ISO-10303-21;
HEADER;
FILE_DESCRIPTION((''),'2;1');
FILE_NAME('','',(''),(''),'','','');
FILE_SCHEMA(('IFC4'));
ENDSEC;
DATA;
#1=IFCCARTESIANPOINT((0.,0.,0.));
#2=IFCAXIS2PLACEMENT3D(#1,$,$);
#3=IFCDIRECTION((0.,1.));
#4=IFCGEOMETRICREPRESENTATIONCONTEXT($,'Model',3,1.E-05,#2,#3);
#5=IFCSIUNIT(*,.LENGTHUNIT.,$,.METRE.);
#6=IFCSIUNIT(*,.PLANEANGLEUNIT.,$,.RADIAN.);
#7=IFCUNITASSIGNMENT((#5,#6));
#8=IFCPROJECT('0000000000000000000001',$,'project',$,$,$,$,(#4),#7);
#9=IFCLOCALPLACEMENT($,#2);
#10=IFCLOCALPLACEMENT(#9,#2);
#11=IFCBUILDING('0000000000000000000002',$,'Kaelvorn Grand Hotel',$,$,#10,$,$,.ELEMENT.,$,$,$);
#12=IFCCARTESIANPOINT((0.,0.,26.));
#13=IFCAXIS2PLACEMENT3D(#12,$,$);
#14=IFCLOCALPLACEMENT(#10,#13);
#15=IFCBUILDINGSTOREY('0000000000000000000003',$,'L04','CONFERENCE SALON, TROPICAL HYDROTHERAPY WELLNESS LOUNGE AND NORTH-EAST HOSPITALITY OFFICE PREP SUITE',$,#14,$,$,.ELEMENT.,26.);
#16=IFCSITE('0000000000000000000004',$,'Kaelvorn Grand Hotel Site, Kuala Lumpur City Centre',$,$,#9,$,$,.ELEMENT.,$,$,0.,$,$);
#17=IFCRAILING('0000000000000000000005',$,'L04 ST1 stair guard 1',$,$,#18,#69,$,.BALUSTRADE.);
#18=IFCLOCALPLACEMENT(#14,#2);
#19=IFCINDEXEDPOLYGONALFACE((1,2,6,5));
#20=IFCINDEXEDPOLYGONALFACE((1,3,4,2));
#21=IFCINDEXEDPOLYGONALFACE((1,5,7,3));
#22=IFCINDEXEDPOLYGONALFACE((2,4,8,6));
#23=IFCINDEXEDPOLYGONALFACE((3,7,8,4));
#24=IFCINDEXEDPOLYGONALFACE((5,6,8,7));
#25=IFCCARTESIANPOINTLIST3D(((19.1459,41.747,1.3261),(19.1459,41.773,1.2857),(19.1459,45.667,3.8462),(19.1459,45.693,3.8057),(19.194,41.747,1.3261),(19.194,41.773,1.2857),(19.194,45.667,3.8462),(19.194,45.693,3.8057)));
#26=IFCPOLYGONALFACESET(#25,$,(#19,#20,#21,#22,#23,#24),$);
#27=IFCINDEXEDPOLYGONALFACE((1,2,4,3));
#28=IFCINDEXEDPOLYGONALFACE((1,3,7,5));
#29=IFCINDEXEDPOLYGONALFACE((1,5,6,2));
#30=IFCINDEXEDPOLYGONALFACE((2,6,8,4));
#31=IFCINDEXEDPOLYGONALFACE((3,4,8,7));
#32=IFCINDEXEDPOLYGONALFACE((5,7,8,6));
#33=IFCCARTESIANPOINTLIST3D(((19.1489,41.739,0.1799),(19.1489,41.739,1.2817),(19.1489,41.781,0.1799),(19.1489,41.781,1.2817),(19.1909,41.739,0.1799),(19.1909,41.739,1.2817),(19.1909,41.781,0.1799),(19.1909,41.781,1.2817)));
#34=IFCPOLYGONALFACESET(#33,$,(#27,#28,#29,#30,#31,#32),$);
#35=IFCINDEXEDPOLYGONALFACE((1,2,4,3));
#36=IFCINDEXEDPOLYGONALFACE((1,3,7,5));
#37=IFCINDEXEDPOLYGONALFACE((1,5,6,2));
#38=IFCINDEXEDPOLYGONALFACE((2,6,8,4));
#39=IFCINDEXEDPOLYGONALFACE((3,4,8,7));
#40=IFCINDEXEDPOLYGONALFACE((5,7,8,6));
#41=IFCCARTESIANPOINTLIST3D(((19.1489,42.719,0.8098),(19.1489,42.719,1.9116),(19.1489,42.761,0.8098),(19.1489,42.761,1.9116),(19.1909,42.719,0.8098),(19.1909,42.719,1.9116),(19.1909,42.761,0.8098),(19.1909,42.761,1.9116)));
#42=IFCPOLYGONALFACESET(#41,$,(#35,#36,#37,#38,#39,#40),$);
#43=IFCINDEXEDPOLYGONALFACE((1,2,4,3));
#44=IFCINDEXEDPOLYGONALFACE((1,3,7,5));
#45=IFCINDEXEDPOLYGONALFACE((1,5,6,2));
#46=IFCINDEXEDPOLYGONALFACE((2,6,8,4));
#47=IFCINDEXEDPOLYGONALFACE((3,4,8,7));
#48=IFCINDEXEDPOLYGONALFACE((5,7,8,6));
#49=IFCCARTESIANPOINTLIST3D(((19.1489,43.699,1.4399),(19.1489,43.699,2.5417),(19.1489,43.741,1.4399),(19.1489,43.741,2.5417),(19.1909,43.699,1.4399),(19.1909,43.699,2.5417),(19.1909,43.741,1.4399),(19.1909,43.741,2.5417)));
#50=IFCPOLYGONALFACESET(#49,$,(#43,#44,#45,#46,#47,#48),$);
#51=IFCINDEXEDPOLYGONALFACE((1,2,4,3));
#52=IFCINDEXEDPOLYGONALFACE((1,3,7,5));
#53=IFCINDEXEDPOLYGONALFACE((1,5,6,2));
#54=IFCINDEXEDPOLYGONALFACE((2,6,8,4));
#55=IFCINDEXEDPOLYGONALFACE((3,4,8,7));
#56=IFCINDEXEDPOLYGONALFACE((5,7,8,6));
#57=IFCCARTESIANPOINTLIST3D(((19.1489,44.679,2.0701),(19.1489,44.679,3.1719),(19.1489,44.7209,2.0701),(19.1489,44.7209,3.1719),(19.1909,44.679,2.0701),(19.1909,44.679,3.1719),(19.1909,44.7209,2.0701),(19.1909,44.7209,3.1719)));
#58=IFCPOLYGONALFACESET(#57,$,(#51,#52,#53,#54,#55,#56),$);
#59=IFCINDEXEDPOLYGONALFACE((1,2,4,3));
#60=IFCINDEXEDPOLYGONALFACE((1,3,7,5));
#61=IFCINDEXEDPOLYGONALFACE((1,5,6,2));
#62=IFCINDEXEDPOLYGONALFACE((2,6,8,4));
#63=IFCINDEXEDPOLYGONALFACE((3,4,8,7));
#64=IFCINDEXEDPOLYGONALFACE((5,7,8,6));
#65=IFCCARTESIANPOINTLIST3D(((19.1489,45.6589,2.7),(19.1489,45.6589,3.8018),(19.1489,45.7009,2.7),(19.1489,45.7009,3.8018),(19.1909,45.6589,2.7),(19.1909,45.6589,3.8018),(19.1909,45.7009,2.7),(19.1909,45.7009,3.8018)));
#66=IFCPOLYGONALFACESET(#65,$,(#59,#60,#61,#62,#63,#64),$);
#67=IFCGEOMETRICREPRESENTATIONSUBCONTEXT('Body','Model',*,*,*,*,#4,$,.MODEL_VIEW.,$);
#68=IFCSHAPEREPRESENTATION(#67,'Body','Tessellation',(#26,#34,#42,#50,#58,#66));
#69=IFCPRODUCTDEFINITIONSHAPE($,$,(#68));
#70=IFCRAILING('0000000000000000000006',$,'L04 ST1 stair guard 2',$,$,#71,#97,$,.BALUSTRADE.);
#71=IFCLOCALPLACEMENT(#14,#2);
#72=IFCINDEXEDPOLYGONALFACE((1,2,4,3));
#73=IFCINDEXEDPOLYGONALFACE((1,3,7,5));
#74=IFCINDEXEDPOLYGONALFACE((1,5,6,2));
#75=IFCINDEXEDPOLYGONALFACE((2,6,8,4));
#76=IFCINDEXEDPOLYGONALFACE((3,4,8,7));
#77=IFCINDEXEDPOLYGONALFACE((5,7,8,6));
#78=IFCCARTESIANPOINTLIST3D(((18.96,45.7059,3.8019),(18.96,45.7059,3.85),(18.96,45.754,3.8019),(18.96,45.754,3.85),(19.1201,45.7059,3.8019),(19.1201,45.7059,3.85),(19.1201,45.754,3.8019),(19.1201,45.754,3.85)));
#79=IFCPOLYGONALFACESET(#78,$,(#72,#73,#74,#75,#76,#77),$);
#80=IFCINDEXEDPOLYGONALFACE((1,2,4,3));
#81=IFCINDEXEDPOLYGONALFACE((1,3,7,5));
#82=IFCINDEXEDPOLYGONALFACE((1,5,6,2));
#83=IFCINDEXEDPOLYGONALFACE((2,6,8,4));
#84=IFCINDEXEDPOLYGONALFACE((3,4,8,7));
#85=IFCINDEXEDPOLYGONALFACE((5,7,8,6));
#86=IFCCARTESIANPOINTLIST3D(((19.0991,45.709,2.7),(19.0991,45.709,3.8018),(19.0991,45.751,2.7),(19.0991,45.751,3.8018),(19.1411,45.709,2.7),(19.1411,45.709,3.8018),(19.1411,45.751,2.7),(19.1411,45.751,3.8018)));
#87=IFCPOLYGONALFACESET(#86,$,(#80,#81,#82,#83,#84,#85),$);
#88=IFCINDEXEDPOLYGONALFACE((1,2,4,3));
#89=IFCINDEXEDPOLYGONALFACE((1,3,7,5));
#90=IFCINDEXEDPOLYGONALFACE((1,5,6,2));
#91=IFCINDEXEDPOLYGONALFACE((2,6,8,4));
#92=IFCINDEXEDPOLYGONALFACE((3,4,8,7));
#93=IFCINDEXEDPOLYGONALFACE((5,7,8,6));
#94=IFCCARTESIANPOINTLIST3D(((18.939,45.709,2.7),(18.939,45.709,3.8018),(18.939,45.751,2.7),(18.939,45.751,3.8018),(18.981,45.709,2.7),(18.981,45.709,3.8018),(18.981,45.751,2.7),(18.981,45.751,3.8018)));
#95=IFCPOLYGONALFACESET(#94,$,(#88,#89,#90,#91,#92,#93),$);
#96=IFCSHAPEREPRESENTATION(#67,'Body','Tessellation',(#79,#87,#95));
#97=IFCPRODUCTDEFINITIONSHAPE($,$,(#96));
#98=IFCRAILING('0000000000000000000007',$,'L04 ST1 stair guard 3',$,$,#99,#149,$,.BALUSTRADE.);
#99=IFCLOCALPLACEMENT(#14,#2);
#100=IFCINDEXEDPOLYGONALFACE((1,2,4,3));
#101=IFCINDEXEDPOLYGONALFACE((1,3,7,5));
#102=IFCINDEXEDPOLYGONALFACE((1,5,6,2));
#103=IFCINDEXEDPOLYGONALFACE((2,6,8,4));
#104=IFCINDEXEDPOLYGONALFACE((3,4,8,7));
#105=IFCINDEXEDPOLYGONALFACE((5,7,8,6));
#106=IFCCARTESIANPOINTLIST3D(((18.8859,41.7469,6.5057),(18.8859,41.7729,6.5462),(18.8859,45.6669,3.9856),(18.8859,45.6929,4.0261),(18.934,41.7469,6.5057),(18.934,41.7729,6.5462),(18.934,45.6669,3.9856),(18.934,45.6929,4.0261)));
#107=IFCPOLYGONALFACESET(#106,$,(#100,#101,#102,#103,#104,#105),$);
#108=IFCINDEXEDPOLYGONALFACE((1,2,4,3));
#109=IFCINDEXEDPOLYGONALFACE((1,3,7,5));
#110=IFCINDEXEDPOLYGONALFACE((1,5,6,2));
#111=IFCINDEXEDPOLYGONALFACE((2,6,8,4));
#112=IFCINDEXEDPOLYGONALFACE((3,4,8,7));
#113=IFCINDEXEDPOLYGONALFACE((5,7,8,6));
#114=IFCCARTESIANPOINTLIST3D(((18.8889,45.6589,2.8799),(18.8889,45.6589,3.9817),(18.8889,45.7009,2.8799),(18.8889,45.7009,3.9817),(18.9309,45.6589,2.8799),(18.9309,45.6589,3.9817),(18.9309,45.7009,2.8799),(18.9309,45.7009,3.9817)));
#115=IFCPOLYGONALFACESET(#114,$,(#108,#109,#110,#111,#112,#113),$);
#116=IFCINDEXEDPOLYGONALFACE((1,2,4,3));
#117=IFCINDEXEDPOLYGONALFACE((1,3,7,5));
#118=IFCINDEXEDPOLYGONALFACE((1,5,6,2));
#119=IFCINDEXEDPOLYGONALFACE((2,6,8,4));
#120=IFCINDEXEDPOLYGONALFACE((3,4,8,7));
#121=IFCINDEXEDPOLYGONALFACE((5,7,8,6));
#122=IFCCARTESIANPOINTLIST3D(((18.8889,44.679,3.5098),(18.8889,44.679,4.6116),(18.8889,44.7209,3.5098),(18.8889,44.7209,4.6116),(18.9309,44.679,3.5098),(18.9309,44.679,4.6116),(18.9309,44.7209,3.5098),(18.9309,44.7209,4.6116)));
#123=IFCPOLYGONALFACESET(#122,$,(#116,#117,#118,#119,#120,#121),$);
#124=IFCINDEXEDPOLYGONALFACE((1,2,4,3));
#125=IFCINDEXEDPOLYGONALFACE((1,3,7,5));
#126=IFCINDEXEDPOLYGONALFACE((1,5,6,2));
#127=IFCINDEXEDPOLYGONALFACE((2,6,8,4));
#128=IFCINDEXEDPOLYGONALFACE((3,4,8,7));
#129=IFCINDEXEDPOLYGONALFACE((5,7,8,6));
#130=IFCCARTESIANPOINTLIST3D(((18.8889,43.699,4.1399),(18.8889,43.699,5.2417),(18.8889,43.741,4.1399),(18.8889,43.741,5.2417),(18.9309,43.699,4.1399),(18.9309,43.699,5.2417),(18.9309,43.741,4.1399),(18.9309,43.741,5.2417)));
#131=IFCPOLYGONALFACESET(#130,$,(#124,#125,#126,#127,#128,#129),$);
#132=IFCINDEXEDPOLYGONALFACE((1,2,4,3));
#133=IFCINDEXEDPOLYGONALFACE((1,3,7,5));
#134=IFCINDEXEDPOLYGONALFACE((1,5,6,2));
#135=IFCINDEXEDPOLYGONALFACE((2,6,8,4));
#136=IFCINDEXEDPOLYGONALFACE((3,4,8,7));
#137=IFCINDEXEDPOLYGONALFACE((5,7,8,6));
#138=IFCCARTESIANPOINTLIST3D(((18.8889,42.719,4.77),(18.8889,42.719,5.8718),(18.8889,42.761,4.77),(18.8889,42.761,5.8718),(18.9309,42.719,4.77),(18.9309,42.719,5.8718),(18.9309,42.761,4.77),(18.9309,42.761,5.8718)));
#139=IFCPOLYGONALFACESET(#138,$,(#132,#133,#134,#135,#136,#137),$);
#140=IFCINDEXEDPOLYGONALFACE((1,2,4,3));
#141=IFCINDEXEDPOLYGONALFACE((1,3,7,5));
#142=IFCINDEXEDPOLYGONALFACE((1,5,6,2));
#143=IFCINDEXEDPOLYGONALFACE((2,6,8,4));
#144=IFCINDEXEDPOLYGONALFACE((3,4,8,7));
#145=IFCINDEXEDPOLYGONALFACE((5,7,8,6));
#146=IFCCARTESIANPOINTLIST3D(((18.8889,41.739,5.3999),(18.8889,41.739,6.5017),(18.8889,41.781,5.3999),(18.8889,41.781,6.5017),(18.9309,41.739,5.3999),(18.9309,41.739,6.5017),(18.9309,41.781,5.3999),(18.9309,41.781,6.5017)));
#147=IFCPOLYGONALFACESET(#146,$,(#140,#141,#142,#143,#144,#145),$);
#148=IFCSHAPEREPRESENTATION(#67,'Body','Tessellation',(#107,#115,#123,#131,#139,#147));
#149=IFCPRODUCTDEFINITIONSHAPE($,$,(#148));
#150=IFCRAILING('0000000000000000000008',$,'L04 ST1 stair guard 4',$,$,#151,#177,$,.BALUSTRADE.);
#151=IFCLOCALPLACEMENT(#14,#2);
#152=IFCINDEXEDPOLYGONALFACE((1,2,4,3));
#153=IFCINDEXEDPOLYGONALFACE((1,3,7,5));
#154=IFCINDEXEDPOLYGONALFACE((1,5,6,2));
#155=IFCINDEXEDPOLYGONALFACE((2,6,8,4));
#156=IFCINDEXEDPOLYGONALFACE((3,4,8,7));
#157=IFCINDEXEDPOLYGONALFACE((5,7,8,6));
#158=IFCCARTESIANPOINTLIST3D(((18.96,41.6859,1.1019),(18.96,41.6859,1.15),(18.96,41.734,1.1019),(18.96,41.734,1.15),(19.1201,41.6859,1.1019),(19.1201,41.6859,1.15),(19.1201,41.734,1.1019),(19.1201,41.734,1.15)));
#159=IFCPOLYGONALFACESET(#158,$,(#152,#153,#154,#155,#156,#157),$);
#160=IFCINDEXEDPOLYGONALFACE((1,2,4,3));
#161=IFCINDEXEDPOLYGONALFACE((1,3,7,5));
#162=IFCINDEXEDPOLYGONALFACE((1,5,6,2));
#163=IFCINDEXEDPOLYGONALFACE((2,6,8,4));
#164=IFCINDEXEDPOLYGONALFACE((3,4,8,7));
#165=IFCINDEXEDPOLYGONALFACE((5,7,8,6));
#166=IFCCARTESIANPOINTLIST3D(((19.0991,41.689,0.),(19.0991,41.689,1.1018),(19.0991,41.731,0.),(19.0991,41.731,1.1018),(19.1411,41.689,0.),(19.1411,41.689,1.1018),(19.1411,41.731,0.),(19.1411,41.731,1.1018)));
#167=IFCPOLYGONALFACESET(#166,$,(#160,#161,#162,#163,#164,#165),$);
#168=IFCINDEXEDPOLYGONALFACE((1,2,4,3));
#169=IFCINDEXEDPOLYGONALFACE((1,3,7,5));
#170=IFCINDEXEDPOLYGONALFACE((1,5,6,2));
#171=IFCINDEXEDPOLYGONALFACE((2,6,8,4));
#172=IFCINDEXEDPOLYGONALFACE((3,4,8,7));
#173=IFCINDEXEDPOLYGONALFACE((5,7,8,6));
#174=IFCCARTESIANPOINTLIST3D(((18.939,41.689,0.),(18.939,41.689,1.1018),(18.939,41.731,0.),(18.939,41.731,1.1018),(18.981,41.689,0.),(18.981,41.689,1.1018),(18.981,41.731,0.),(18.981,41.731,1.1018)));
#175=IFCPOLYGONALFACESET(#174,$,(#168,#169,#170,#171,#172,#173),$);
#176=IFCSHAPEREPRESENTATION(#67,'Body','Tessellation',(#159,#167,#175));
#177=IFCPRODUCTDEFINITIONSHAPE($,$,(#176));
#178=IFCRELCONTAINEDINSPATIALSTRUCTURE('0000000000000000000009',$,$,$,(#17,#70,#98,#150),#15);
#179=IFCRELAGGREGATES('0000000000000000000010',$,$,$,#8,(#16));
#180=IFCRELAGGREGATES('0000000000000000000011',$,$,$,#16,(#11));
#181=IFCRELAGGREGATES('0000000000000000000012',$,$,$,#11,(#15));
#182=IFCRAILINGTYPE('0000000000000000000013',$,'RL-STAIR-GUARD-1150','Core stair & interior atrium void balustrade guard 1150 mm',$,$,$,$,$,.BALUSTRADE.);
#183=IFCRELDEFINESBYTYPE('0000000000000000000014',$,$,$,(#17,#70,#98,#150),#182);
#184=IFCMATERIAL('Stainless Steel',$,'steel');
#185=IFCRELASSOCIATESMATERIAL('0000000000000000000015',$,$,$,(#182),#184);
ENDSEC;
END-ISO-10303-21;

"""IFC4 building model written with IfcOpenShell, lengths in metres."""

from ifc_helpers import new_model, si_unit, direction, frame, origin, origin_2d, place, context, subcontext, project, spatial, rectangle, extrude, material, type_object, element, save


model = new_model("IFC4")

# Units and contexts
model_context = context("Model", 3, precision=1e-05, world=origin(), true_north=direction((0.0, 1.0)))
body_context = subcontext(model_context, "Body", "Model", "MODEL_VIEW")
ifc_project = project(units=[si_unit("LENGTHUNIT", "METRE"), si_unit("PLANEANGLEUNIT", "RADIAN")], contexts=[model_context])

# Site, building, storey
site_placement = place(None, origin())
site = spatial("IfcSite", under=ifc_project, at=site_placement, Name="Kaelvorn Grand Hotel Site, Kuala Lumpur City Centre", CompositionType="ELEMENT", RefElevation=0.0)
building_placement = place(site_placement, origin())
building = spatial("IfcBuilding", under=site, at=building_placement, Name="Kaelvorn Grand Hotel", CompositionType="ELEMENT")
storey_placement = place(building_placement, frame((0.0, 0.0, 26.0)))
storey = spatial("IfcBuildingStorey", under=building, at=storey_placement, Name="L04", Description="CONFERENCE SALON, TROPICAL HYDROTHERAPY WELLNESS LOUNGE AND NORTH-EAST HOSPITALITY OFFICE PREP SUITE", CompositionType="ELEMENT", Elevation=26.0)

# Railings
ifc_material_1 = material(Name="Stainless Steel", Category="steel")
railing_type_1 = type_object("IfcRailingType", Name="RL-STAIR-GUARD-1150", Description="Core stair & interior atrium void balustrade guard 1150 mm", PredefinedType="BALUSTRADE", material=ifc_material_1)
railing_1_placement = place(storey_placement, frame((19.1699, 41.76, 0.1799)))
element("IfcRailing", 1, at=railing_1_placement, inside=storey, type_object=railing_type_1, Name="L04 ST1 stair guard 1", PredefinedType="BALUSTRADE", context=body_context, shape_type="SweptSolid", body=[
    extrude(rectangle(XDim=0.0481, YDim=0.0481, at=origin_2d()), frame((0.0, 0.0, 1.126), z_axis=(0.0, 0.841172, 0.540768), x_axis=(-1.0, 0.0, 0.0)), (0.0, 0.0, 1.0), 4.6602),
    extrude(rectangle(XDim=0.042, YDim=0.042, at=origin_2d()), origin(), (0.0, 0.0, 1.0), 1.1018),
    extrude(rectangle(XDim=0.042, YDim=0.042, at=origin_2d()), frame((0.0, 0.98, 0.6299)), (0.0, 0.0, 1.0), 1.1018),
    extrude(rectangle(XDim=0.042, YDim=0.042, at=origin_2d()), frame((0.0, 1.96, 1.26)), (0.0, 0.0, 1.0), 1.1018),
    extrude(rectangle(XDim=0.042, YDim=0.042, at=origin_2d()), frame((0.0, 2.9399, 1.8901)), (0.0, 0.0, 1.0), 1.1018),
    extrude(rectangle(XDim=0.042, YDim=0.042, at=origin_2d()), frame((0.0, 3.9199, 2.52)), (0.0, 0.0, 1.0), 1.1018),
])
railing_2_placement = place(storey_placement, frame((19.1201, 45.73, 2.7)))
element("IfcRailing", 2, at=railing_2_placement, inside=storey, type_object=railing_type_1, Name="L04 ST1 stair guard 2", PredefinedType="BALUSTRADE", context=body_context, shape_type="SweptSolid", body=[
    extrude(rectangle(XDim=0.0481, YDim=0.0481, at=origin_2d()), frame((0.0, 0.0, 1.126), z_axis=(-1.0, 0.0, 0.0), x_axis=(0.0, -1.0, 0.0)), (0.0, 0.0, 1.0), 0.1602),
    extrude(rectangle(XDim=0.042, YDim=0.042, at=origin_2d()), origin(), (0.0, 0.0, 1.0), 1.1018),
    extrude(rectangle(XDim=0.042, YDim=0.042, at=origin_2d()), frame((-0.1602, 0.0, 0.0)), (0.0, 0.0, 1.0), 1.1018),
])
railing_3_placement = place(storey_placement, frame((18.9099, 45.6799, 2.8799)))
element("IfcRailing", 3, at=railing_3_placement, inside=storey, type_object=railing_type_1, Name="L04 ST1 stair guard 3", PredefinedType="BALUSTRADE", context=body_context, shape_type="SweptSolid", body=[
    extrude(rectangle(XDim=0.0481, YDim=0.0481, at=origin_2d()), frame((0.0, 0.0, 1.126), z_axis=(0.0, -0.841172, 0.540768), x_axis=(1.0, 0.0, 0.0)), (0.0, 0.0, 1.0), 4.6602),
    extrude(rectangle(XDim=0.042, YDim=0.042, at=origin_2d()), origin(), (0.0, 0.0, 1.0), 1.1018),
    extrude(rectangle(XDim=0.042, YDim=0.042, at=origin_2d()), frame((0.0, -0.98, 0.6299)), (0.0, 0.0, 1.0), 1.1018),
    extrude(rectangle(XDim=0.042, YDim=0.042, at=origin_2d()), frame((0.0, -1.96, 1.26)), (0.0, 0.0, 1.0), 1.1018),
    extrude(rectangle(XDim=0.042, YDim=0.042, at=origin_2d()), frame((0.0, -2.9399, 1.8901)), (0.0, 0.0, 1.0), 1.1018),
    extrude(rectangle(XDim=0.042, YDim=0.042, at=origin_2d()), frame((0.0, -3.9199, 2.52)), (0.0, 0.0, 1.0), 1.1018),
])
railing_4_placement = place(storey_placement, frame((19.1201, 41.71, 0.0)))
element("IfcRailing", 4, at=railing_4_placement, inside=storey, type_object=railing_type_1, Name="L04 ST1 stair guard 4", PredefinedType="BALUSTRADE", context=body_context, shape_type="SweptSolid", body=[
    extrude(rectangle(XDim=0.0481, YDim=0.0481, at=origin_2d()), frame((0.0, 0.0, 1.126), z_axis=(-1.0, 0.0, 0.0), x_axis=(0.0, -1.0, 0.0)), (0.0, 0.0, 1.0), 0.1602),
    extrude(rectangle(XDim=0.042, YDim=0.042, at=origin_2d()), origin(), (0.0, 0.0, 1.0), 1.1018),
    extrude(rectangle(XDim=0.042, YDim=0.042, at=origin_2d()), frame((-0.1602, 0.0, 0.0)), (0.0, 0.0, 1.0), 1.1018),
])

save(model, "model.ifc")
